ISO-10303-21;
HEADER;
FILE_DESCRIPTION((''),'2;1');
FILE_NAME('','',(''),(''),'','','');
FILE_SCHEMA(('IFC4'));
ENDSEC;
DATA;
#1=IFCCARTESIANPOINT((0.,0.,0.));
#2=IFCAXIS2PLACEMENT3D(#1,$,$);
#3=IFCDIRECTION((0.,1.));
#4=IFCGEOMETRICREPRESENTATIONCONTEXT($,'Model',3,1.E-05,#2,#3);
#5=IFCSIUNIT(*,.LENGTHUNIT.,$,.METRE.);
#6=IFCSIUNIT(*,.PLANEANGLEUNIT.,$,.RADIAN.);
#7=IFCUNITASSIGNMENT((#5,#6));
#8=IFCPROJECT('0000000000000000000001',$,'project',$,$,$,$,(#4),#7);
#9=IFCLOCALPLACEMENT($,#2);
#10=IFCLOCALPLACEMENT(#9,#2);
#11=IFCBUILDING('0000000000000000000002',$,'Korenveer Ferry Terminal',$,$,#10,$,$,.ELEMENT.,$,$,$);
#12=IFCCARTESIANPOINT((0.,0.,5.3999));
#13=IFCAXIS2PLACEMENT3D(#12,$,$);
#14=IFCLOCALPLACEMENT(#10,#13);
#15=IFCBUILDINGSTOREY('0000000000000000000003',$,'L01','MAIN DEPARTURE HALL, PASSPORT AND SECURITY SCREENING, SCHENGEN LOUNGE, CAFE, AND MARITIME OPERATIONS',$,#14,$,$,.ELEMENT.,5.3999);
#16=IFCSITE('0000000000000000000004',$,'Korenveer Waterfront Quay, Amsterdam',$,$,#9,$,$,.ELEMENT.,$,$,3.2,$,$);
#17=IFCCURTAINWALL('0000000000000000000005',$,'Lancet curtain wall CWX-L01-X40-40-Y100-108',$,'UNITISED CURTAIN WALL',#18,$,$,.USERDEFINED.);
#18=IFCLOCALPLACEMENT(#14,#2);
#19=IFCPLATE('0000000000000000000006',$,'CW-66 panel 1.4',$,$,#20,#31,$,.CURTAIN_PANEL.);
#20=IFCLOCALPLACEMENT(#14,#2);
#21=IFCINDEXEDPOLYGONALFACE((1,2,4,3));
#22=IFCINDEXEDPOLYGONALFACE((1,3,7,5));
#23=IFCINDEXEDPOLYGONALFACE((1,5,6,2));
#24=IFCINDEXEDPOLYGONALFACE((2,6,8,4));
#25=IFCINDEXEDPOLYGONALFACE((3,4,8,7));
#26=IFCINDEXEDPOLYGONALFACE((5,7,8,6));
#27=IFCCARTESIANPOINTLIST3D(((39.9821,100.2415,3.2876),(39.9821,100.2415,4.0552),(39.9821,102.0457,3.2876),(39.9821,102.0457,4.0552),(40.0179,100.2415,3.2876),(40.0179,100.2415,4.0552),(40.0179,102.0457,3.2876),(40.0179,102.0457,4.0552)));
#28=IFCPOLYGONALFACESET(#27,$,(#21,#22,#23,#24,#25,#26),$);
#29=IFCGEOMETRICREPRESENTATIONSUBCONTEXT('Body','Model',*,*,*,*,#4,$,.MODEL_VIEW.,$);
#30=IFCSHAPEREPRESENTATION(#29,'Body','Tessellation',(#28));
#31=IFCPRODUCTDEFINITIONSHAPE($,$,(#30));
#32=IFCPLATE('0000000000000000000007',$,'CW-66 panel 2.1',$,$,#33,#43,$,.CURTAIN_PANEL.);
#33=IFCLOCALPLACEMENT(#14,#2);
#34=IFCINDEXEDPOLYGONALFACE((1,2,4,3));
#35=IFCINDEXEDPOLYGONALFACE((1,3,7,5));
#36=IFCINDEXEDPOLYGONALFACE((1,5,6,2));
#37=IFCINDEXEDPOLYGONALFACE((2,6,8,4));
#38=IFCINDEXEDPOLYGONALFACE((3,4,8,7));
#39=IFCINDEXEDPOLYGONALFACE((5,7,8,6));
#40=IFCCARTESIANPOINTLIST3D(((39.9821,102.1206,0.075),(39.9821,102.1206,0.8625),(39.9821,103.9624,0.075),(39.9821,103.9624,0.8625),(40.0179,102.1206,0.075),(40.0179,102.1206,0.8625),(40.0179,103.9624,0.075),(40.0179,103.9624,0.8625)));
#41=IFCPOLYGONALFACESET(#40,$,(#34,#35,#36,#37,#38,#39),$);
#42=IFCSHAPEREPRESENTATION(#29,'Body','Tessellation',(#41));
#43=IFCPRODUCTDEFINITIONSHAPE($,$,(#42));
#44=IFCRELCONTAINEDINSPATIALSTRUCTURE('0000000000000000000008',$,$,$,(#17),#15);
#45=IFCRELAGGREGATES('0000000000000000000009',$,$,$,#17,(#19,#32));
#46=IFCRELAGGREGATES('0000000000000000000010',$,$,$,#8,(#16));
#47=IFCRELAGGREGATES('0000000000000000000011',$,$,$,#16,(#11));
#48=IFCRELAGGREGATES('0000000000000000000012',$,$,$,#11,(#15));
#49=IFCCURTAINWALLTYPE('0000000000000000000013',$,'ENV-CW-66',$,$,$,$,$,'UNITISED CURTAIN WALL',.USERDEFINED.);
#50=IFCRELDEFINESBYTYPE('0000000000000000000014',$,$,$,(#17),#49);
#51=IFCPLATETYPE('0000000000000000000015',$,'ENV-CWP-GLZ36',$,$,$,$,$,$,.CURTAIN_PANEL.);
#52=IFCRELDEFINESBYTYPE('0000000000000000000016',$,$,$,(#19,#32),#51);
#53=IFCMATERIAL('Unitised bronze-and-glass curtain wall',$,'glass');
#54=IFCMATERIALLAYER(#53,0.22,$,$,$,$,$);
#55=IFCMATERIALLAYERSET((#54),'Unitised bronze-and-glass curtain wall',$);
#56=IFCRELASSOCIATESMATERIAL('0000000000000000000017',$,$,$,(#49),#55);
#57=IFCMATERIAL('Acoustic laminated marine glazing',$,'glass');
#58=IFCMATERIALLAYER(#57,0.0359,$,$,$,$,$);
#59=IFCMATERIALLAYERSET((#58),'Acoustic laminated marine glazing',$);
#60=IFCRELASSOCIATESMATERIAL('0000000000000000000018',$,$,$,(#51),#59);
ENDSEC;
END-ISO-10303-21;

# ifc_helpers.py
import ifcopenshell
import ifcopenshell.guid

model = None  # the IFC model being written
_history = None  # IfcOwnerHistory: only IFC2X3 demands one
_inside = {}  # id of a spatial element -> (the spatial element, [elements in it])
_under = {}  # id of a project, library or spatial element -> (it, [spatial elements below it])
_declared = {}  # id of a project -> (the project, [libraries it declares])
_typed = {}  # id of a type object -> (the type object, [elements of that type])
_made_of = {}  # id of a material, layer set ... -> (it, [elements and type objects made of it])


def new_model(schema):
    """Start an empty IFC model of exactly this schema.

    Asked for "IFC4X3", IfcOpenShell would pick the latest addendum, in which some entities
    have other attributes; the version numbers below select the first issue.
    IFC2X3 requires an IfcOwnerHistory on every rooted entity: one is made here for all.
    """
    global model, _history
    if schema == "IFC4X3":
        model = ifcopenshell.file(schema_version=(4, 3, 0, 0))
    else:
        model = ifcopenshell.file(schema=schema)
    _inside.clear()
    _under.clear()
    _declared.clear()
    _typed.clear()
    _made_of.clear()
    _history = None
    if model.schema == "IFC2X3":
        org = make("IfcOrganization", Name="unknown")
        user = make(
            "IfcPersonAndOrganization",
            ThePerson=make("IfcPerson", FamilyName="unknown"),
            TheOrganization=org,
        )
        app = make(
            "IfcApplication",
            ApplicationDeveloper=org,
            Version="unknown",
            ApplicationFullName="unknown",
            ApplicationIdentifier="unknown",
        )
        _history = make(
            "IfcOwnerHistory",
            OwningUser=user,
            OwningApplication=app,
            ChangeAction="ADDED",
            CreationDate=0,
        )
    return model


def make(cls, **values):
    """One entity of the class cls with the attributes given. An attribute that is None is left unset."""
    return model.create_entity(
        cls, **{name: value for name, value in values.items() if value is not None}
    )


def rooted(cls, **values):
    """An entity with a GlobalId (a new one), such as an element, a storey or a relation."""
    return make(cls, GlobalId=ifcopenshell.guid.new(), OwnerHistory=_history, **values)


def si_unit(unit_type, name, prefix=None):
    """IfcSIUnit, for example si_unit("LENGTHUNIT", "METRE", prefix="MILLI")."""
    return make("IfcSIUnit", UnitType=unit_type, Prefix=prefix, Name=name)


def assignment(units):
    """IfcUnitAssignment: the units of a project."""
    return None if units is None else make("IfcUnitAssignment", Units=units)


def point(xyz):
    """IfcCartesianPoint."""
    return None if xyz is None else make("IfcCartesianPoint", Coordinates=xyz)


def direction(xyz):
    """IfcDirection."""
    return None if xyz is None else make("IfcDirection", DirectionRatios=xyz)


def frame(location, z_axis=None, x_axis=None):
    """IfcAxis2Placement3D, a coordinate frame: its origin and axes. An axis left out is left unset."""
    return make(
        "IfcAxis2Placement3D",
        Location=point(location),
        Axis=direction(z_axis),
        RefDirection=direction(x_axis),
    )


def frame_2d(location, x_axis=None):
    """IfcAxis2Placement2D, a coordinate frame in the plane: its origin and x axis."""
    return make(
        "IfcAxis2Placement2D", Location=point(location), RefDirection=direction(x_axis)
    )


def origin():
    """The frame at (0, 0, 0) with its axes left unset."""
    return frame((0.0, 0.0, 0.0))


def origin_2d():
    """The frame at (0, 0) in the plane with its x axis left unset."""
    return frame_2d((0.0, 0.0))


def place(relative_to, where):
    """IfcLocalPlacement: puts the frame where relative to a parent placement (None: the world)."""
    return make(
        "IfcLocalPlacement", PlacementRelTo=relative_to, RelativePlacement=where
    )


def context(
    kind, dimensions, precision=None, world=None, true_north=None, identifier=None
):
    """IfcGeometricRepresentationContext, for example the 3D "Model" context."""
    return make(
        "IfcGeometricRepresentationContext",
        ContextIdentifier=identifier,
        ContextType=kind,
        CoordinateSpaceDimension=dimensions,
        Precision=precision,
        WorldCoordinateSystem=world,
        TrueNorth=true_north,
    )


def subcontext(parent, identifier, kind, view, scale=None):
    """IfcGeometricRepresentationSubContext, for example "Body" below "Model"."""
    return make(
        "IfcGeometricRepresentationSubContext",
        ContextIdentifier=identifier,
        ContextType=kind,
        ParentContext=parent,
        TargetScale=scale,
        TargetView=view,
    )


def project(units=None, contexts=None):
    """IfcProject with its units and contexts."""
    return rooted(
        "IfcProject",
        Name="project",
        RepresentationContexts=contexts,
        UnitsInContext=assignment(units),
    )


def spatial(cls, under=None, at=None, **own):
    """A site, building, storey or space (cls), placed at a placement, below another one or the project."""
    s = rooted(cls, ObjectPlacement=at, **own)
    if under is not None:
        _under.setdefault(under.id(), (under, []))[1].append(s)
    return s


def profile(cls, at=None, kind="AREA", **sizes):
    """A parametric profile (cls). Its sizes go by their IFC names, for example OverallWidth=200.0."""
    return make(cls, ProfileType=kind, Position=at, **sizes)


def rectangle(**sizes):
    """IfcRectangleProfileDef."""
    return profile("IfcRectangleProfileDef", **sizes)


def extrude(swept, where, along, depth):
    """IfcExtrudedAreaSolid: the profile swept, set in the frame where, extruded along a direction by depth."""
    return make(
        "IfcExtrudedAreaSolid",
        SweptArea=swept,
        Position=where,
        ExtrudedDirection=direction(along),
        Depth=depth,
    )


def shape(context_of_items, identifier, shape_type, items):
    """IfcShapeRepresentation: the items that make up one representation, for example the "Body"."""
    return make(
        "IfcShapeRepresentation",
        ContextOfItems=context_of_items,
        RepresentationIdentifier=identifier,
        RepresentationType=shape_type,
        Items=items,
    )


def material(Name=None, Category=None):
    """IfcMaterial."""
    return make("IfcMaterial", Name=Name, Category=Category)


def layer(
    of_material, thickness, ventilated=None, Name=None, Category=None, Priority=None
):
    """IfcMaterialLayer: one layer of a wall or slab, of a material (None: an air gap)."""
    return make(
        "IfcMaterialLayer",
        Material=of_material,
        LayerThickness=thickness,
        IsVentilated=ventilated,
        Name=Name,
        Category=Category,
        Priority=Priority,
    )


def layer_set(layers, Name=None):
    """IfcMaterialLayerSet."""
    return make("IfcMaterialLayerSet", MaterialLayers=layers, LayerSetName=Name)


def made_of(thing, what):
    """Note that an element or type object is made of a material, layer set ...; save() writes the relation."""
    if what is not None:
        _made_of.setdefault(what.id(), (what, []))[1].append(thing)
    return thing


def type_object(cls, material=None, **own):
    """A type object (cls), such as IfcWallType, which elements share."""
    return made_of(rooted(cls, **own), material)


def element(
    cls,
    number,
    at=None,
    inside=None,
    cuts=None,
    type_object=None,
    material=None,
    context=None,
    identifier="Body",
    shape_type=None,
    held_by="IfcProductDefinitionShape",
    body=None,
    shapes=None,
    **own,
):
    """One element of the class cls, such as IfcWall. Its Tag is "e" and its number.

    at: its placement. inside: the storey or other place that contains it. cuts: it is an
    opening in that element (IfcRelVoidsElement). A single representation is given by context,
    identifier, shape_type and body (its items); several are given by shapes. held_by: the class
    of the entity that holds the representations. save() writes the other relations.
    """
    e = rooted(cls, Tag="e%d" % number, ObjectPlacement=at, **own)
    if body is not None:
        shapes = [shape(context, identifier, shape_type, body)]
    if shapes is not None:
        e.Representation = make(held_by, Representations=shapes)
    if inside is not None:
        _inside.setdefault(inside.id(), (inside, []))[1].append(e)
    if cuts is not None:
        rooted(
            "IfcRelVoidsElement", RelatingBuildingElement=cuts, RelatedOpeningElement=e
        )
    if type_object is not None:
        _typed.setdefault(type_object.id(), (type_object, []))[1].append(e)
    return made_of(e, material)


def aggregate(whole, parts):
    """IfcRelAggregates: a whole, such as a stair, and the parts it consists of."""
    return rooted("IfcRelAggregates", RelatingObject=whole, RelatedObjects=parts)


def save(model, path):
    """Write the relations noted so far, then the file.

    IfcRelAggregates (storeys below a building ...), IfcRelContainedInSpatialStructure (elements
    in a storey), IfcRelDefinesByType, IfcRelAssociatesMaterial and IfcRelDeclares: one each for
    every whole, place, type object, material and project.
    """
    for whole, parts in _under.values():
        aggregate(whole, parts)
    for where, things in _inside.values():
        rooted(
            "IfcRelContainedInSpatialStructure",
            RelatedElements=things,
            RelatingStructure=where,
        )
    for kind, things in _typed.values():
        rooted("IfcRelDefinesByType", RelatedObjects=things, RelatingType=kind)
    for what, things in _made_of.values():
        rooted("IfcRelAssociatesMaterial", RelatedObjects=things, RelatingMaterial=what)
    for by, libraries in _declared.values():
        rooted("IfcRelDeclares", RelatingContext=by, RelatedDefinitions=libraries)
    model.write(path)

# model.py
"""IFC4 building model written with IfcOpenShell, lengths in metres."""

from ifc_helpers import new_model, si_unit, direction, frame, origin, origin_2d, place, context, subcontext, project, spatial, rectangle, extrude, material, layer, layer_set, type_object, element, aggregate, save


model = new_model("IFC4")

# Units and contexts
model_context = context("Model", 3, precision=1e-05, world=origin(), true_north=direction((0.0, 1.0)))
body_context = subcontext(model_context, "Body", "Model", "MODEL_VIEW")
ifc_project = project(units=[si_unit("LENGTHUNIT", "METRE"), si_unit("PLANEANGLEUNIT", "RADIAN")], contexts=[model_context])

# Site, building, storey
site_placement = place(None, origin())
site = spatial("IfcSite", under=ifc_project, at=site_placement, Name="Korenveer Waterfront Quay, Amsterdam", CompositionType="ELEMENT", RefElevation=3.2)
building_placement = place(site_placement, origin())
building = spatial("IfcBuilding", under=site, at=building_placement, Name="Korenveer Ferry Terminal", CompositionType="ELEMENT")
storey_placement = place(building_placement, frame((0.0, 0.0, 5.3999)))
storey = spatial("IfcBuildingStorey", under=building, at=storey_placement, Name="L01", Description="MAIN DEPARTURE HALL, PASSPORT AND SECURITY SCREENING, SCHENGEN LOUNGE, CAFE, AND MARITIME OPERATIONS", CompositionType="ELEMENT", Elevation=5.3999)

# Curtain wall
ifc_material_1 = material(Name="Unitised bronze-and-glass curtain wall", Category="glass")
ifc_layer_1 = layer(ifc_material_1, 0.22)
ifc_layer_set_1 = layer_set([ifc_layer_1], Name="Unitised bronze-and-glass curtain wall")
curtain_wall_type_1 = type_object("IfcCurtainWallType", Name="ENV-CW-66", ElementType="UNITISED CURTAIN WALL", PredefinedType="USERDEFINED", material=ifc_layer_set_1)
curtain_wall_1_placement = place(storey_placement, frame((40.0, 100.1665, 0.0)))
curtain_wall_1 = element("IfcCurtainWall", 1, at=curtain_wall_1_placement, inside=storey, type_object=curtain_wall_type_1, Name="Lancet curtain wall CWX-L01-X40-40-Y100-108", ObjectType="UNITISED CURTAIN WALL", PredefinedType="USERDEFINED")

# Plates
ifc_material_2 = material(Name="Acoustic laminated marine glazing", Category="glass")
ifc_layer_2 = layer(ifc_material_2, 0.0359)
ifc_layer_set_2 = layer_set([ifc_layer_2], Name="Acoustic laminated marine glazing")
plate_type = type_object("IfcPlateType", Name="ENV-CWP-GLZ36", PredefinedType="CURTAIN_PANEL", material=ifc_layer_set_2)
plate_1_placement = place(storey_placement, frame((40.0, 101.1436, 3.2876), z_axis=(0.0, 0.0, 1.0), x_axis=(0.0, 1.0, 0.0)))
plate_1 = element("IfcPlate", 2, at=plate_1_placement, type_object=plate_type, Name="CW-66 panel 1.4", PredefinedType="CURTAIN_PANEL", context=body_context, shape_type="SweptSolid", body=[
    extrude(rectangle(XDim=1.8042, YDim=0.0359, at=origin_2d()), origin(), (0.0, 0.0, 1.0), 0.7676),
])
plate_2_placement = place(storey_placement, frame((40.0, 103.0415, 0.075), z_axis=(0.0, 0.0, 1.0), x_axis=(0.0, 1.0, 0.0)))
plate_2 = element("IfcPlate", 3, at=plate_2_placement, type_object=plate_type, Name="CW-66 panel 2.1", PredefinedType="CURTAIN_PANEL", context=body_context, shape_type="SweptSolid", body=[
    extrude(rectangle(XDim=1.8418, YDim=0.0359, at=origin_2d()), origin(), (0.0, 0.0, 1.0), 0.7876),
])
aggregate(curtain_wall_1, [plate_1, plate_2])

save(model, "model.ifc")
